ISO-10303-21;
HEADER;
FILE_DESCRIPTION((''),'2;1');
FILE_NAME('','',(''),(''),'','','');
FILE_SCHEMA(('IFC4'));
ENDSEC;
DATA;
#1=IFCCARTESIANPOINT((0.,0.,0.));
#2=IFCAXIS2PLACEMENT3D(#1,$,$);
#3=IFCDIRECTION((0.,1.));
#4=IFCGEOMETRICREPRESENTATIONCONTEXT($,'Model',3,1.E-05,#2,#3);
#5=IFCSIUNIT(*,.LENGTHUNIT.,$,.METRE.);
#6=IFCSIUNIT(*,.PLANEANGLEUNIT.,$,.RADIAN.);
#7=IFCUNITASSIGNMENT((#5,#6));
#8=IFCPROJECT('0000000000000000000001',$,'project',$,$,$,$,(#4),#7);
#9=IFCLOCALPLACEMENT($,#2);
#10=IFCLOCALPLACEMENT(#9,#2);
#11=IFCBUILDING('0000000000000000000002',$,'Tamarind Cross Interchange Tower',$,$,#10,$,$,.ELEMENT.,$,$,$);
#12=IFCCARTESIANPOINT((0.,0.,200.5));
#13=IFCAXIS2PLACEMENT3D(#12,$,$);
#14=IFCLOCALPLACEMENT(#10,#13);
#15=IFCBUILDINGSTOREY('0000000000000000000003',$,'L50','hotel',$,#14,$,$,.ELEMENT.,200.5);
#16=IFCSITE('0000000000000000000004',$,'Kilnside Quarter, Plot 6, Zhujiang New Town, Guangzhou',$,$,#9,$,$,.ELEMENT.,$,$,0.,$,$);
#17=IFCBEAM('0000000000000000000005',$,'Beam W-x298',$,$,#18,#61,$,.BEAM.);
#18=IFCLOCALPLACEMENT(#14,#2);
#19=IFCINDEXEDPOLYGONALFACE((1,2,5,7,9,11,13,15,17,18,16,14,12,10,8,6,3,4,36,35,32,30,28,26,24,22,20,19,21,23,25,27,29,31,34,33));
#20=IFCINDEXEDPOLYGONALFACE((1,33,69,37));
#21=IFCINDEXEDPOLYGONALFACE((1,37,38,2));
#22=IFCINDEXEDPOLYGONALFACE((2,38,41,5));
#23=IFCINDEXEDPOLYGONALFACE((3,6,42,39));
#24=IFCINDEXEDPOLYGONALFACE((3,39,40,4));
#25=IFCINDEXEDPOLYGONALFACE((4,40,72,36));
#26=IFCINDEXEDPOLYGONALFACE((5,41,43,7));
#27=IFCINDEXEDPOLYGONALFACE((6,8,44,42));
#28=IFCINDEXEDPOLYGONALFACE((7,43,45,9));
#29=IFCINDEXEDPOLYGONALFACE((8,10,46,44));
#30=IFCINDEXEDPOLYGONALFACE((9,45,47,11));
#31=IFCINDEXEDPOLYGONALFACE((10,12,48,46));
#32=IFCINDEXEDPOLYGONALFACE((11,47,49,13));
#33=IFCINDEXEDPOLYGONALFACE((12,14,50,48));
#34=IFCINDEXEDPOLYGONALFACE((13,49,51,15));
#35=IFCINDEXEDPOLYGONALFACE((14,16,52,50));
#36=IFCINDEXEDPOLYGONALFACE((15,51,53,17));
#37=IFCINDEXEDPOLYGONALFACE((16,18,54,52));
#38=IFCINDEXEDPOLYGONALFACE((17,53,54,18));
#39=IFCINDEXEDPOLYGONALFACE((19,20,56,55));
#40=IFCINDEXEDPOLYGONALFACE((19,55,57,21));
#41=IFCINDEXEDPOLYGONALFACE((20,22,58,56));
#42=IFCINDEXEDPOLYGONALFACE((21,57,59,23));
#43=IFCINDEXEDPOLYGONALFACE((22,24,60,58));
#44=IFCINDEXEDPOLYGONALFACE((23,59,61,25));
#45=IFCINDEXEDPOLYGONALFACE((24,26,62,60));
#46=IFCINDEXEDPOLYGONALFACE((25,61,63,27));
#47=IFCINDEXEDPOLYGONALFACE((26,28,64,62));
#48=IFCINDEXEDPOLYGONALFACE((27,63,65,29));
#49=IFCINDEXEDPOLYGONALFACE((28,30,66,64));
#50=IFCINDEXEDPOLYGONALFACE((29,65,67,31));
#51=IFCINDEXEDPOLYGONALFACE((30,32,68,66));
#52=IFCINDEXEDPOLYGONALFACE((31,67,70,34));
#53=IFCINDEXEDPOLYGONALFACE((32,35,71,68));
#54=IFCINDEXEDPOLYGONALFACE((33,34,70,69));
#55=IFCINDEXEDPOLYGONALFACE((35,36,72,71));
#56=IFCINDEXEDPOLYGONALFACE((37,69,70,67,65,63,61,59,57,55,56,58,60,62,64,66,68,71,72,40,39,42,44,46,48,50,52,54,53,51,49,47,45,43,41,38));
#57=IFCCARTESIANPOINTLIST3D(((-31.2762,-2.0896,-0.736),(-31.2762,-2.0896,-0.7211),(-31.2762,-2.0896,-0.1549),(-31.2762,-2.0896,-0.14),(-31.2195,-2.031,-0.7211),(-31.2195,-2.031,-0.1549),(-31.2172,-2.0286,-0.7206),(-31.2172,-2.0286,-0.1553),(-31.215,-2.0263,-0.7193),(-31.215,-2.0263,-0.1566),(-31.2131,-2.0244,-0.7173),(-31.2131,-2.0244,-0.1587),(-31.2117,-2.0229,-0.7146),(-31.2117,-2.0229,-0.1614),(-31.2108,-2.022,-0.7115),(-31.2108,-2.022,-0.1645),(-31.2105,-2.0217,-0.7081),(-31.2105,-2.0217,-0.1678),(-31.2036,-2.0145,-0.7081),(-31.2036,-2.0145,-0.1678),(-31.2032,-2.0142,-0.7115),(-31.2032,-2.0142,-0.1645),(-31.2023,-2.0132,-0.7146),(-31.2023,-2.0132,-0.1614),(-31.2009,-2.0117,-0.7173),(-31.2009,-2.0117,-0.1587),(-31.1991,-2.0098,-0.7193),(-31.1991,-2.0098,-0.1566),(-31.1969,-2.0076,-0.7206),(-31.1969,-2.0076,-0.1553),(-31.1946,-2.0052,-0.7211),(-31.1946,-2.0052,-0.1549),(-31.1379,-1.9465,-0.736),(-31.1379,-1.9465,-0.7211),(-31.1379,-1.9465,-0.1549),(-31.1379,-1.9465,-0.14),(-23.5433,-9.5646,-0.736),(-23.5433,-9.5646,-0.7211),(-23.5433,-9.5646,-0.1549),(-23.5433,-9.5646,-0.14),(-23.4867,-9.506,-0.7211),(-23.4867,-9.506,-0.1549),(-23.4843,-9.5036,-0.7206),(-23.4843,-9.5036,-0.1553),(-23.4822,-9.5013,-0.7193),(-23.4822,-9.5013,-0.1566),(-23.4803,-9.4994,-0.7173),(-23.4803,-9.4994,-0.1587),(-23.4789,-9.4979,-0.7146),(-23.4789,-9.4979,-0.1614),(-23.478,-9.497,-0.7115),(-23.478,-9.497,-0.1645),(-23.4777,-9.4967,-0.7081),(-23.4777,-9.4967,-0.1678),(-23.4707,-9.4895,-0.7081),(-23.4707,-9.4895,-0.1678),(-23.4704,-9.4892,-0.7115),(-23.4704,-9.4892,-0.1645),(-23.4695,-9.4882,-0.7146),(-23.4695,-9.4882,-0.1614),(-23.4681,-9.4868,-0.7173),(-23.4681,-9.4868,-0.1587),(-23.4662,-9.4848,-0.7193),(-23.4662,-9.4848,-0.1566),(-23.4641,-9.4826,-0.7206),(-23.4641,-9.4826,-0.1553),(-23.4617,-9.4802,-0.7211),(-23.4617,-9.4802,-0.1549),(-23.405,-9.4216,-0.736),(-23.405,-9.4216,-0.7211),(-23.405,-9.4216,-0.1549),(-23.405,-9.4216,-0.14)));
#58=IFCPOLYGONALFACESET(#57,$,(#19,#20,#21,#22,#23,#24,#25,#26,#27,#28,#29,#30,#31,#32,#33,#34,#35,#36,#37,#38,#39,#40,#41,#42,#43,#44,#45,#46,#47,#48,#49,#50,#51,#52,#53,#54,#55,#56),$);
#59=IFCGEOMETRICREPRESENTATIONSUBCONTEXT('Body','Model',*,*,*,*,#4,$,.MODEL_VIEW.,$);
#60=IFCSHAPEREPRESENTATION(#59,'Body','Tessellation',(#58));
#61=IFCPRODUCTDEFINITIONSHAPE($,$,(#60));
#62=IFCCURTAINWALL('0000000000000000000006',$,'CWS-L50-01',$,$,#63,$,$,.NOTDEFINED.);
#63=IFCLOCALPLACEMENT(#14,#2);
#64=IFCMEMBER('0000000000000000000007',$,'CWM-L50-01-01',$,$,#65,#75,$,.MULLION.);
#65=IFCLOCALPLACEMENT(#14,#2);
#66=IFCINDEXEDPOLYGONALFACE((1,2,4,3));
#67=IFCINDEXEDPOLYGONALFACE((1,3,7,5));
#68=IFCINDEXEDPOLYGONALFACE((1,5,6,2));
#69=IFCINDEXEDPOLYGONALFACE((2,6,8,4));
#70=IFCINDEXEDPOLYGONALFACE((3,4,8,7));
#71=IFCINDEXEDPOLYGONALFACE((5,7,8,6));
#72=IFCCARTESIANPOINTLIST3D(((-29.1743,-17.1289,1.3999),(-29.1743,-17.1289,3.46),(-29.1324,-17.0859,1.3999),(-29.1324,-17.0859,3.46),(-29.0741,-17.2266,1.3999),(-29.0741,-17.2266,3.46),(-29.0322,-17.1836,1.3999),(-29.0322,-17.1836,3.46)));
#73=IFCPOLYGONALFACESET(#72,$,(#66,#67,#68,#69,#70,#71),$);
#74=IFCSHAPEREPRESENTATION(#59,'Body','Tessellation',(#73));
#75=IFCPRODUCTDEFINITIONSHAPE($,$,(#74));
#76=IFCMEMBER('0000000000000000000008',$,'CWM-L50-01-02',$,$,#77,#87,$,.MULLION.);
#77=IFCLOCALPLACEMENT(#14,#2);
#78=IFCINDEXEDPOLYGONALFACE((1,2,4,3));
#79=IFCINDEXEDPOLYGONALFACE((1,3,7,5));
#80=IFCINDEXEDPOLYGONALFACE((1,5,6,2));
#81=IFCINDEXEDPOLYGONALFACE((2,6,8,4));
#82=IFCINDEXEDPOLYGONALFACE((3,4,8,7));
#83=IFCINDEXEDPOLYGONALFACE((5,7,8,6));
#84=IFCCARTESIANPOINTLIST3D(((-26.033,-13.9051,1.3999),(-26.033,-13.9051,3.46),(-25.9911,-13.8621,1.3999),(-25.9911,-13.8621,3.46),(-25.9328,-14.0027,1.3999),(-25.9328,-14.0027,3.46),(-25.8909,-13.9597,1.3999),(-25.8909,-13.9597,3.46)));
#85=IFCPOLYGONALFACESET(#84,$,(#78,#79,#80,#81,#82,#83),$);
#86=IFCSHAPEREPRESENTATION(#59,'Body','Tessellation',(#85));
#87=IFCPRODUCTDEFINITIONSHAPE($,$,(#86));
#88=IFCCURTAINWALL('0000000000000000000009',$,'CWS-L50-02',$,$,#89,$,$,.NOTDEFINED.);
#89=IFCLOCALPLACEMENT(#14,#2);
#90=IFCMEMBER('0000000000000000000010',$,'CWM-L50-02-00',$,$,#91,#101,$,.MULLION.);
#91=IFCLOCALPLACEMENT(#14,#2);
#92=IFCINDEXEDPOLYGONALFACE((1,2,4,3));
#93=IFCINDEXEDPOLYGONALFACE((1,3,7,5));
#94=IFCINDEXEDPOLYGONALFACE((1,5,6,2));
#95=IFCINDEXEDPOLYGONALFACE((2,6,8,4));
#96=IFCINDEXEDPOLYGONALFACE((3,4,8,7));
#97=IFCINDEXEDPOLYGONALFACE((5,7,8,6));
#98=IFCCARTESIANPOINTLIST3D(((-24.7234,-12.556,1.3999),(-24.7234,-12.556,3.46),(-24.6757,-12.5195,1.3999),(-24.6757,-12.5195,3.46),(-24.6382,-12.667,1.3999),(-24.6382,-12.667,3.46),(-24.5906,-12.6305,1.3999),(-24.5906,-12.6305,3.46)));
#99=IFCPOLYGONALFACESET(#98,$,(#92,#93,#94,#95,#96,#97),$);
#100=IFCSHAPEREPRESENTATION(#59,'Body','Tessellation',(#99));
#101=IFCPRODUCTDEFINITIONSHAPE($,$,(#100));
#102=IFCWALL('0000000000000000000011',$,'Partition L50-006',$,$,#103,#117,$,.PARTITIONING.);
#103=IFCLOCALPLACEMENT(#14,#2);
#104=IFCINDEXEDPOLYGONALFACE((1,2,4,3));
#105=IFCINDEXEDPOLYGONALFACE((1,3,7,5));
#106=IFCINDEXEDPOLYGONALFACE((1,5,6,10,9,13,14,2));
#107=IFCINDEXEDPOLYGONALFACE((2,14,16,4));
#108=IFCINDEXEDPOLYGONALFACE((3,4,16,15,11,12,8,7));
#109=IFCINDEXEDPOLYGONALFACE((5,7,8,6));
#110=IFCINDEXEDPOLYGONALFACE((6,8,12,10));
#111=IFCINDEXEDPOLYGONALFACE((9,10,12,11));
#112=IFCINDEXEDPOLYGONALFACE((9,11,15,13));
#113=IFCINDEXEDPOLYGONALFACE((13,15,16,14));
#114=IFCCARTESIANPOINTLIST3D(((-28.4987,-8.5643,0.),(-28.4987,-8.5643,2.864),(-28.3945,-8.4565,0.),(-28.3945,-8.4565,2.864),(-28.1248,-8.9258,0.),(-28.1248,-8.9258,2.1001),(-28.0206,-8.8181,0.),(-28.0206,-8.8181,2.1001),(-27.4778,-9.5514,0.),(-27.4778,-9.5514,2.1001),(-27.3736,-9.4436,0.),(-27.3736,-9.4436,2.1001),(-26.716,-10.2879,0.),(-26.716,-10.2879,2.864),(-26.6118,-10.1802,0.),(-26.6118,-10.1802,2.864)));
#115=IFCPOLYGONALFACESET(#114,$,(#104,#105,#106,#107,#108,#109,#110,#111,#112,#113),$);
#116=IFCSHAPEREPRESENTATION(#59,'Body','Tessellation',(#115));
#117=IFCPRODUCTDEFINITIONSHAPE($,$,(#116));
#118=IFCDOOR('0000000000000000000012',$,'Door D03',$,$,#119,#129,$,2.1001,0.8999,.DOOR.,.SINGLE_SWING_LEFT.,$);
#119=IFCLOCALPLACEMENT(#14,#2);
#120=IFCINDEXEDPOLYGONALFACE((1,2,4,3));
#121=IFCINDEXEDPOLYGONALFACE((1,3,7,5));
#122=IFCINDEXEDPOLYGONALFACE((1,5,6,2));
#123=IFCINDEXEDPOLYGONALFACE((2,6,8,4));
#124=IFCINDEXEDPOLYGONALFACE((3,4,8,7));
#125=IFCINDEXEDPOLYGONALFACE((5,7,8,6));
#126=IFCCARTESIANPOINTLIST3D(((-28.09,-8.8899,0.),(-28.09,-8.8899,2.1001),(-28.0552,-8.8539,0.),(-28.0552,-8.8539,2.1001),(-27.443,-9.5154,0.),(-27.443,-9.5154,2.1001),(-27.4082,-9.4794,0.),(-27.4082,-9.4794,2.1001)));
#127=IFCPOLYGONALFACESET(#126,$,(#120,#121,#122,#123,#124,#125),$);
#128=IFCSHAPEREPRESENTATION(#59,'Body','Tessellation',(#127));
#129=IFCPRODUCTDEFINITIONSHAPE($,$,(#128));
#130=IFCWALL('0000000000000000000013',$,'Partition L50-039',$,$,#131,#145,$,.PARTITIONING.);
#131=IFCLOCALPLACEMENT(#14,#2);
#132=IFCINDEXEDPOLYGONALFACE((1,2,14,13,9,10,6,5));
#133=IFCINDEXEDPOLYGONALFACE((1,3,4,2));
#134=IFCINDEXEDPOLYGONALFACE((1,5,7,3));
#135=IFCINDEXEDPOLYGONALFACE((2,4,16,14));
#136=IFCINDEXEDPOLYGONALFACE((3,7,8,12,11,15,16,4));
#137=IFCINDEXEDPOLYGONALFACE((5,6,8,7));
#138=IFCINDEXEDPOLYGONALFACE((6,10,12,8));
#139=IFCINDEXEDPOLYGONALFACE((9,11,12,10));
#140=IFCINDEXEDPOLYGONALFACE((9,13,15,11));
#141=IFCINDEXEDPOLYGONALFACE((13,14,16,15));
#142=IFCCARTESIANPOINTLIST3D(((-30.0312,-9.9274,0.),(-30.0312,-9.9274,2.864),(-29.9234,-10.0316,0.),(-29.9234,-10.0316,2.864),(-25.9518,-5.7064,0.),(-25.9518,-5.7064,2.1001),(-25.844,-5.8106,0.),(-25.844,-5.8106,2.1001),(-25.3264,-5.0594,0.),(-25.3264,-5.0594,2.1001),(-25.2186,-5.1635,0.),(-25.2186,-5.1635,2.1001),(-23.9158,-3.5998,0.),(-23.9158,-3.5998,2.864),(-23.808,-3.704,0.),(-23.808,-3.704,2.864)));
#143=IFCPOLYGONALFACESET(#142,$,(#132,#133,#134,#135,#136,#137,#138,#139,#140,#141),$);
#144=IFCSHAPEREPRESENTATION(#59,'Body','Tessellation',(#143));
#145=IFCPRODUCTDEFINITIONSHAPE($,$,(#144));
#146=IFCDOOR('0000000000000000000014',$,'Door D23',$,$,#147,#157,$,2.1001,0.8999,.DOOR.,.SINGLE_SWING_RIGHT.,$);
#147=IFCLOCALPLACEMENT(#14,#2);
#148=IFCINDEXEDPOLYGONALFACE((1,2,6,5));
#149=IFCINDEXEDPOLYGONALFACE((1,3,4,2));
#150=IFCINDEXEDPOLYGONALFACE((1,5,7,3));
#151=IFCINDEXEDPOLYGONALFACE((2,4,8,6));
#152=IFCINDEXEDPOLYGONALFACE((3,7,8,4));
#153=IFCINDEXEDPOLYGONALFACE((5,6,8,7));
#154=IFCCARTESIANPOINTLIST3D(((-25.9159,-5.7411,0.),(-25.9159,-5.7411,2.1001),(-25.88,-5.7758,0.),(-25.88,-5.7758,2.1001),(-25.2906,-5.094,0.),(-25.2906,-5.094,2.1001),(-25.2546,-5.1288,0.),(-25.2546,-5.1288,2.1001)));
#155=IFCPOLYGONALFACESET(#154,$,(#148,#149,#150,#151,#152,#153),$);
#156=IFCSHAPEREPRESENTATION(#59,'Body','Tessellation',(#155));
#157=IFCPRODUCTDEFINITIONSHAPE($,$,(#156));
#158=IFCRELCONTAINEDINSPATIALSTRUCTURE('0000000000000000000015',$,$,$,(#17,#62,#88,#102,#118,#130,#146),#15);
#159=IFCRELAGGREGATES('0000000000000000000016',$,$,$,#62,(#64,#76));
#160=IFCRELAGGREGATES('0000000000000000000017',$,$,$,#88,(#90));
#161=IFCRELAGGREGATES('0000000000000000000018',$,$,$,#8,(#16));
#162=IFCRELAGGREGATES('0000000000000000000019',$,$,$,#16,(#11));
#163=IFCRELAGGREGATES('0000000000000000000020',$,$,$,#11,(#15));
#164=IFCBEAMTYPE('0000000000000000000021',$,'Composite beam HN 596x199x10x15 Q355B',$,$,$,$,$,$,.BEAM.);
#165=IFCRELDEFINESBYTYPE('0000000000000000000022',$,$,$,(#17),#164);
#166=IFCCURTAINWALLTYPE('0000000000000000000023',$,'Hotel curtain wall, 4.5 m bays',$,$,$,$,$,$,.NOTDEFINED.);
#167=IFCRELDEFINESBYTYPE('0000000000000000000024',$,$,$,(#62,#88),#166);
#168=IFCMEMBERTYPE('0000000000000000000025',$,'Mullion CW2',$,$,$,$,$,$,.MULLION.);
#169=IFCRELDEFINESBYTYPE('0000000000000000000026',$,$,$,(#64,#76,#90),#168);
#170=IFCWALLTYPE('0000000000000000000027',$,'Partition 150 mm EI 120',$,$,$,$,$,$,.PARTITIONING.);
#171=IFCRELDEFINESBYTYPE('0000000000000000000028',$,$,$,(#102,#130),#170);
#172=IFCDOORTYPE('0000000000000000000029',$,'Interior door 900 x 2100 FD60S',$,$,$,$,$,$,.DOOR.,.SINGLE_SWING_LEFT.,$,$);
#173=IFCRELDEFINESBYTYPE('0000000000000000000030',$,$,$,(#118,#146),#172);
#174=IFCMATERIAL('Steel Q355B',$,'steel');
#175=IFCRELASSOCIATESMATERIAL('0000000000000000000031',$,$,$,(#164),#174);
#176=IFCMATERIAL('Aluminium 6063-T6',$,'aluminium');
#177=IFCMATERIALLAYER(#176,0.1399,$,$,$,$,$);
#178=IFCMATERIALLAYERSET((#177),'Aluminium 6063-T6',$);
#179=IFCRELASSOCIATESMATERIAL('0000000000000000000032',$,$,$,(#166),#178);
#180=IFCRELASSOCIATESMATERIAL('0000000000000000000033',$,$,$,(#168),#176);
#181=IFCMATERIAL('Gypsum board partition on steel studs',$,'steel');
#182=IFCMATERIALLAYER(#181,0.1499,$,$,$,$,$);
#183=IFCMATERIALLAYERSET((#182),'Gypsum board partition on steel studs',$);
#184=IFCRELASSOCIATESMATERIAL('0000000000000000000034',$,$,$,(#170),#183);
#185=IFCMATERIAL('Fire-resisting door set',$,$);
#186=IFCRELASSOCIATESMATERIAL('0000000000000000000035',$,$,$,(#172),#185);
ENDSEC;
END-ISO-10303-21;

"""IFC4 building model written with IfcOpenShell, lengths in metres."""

from ifc_helpers import new_model, si_unit, direction, frame, frame_2d, origin, origin_2d, place, context, subcontext, project, spatial, rectangle, i_section, extrude, material, layer, layer_set, material_profile, profile_set, type_object, element, fill, aggregate, save


model = new_model("IFC4")

# Units and contexts
model_context = context("Model", 3, precision=1e-05, world=origin(), true_north=direction((0.0, 1.0)))
body_context = subcontext(model_context, "Body", "Model", "MODEL_VIEW")
ifc_project = project(units=[si_unit("LENGTHUNIT", "METRE"), si_unit("PLANEANGLEUNIT", "RADIAN")], contexts=[model_context])

# Site, building, storey
site_placement = place(None, origin())
site = spatial("IfcSite", under=ifc_project, at=site_placement, Name="Kilnside Quarter, Plot 6, Zhujiang New Town, Guangzhou", CompositionType="ELEMENT", RefElevation=0.0)
building_placement = place(site_placement, origin())
building = spatial("IfcBuilding", under=site, at=building_placement, Name="Tamarind Cross Interchange Tower", CompositionType="ELEMENT")
storey_placement = place(building_placement, frame((0.0, 0.0, 200.5)))
storey = spatial("IfcBuildingStorey", under=building, at=storey_placement, Name="L50", Description="hotel", CompositionType="ELEMENT", Elevation=200.5)

# Beam
ifc_material_1 = material(Name="Steel Q355B", Category="steel")
ifc_material_profile_1 = material_profile(ifc_material_1, i_section(OverallWidth=0.199, OverallDepth=0.5959, WebThickness=0.01, FlangeThickness=0.0149, FilletRadius=0.0129, at=origin_2d()), Name="HN 596x199x10x15")
ifc_profile_set_1 = profile_set([ifc_material_profile_1], Name="Steel Q355B")
beam_type_1 = type_object("IfcBeamType", Name="Composite beam HN 596x199x10x15 Q355B", PredefinedType="BEAM", material=ifc_profile_set_1)
beam_1_placement = place(storey_placement, frame((-31.207, -2.0181, -0.438), z_axis=(0.718991, -0.69502, 0.0), x_axis=(0.69502, 0.718991, 0.0)))
element("IfcBeam", 1, at=beam_1_placement, inside=storey, type_object=beam_type_1, Name="Beam W-x298", PredefinedType="BEAM", context=body_context, shape_type="SweptSolid", body=[
    extrude(i_section(OverallWidth=0.199, OverallDepth=0.5959, WebThickness=0.01, FlangeThickness=0.0149, FilletRadius=0.0129, at=origin_2d()), origin(), (0.0, 0.0, 1.0), 10.7551),
])

# Curtain wall, members
ifc_material_2 = material(Name="Aluminium 6063-T6", Category="aluminium")
ifc_layer_1 = layer(ifc_material_2, 0.1399)
ifc_layer_set_1 = layer_set([ifc_layer_1], Name="Aluminium 6063-T6")
curtain_wall_type = type_object("IfcCurtainWallType", Name="Hotel curtain wall, 4.5 m bays", PredefinedType="NOTDEFINED", material=ifc_layer_set_1)
curtain_wall_1_placement = place(storey_placement, origin())
curtain_wall_1 = element("IfcCurtainWall", 2, at=curtain_wall_1_placement, inside=storey, type_object=curtain_wall_type, Name="CWS-L50-01", PredefinedType="NOTDEFINED")
ifc_material_profile_2 = material_profile(ifc_material_2, rectangle(XDim=0.0601, YDim=0.1399, at=origin_2d()), Name="Mullion CW2")
ifc_profile_set_2 = profile_set([ifc_material_profile_2], Name="Aluminium 6063-T6")
member_type = type_object("IfcMemberType", Name="Mullion CW2", PredefinedType="MULLION", material=ifc_profile_set_2)
member_1_placement = place(storey_placement, frame((-29.1033, -17.1562, 1.3999), z_axis=(0.0, 0.0, 1.0), x_axis=(0.69788, 0.716215, 0.0)))
member_1 = element("IfcMember", 3, at=member_1_placement, type_object=member_type, Name="CWM-L50-01-01", PredefinedType="MULLION", context=body_context, shape_type="SweptSolid", body=[
    extrude(rectangle(XDim=0.0601, YDim=0.1399, at=origin_2d()), origin(), (0.0, 0.0, 1.0), 2.0601),
])
member_2_placement = place(storey_placement, frame((-25.9619, -13.9324, 1.3999), z_axis=(0.0, 0.0, 1.0), x_axis=(0.69788, 0.716215, 0.0)))
member_2 = element("IfcMember", 4, at=member_2_placement, type_object=member_type, Name="CWM-L50-01-02", PredefinedType="MULLION", context=body_context, shape_type="SweptSolid", body=[
    extrude(rectangle(XDim=0.0601, YDim=0.1399, at=origin_2d()), origin(), (0.0, 0.0, 1.0), 2.0601),
])
aggregate(curtain_wall_1, [member_1, member_2])

# Curtain wall, member
curtain_wall_2_placement = place(storey_placement, origin())
curtain_wall_2 = element("IfcCurtainWall", 5, at=curtain_wall_2_placement, inside=storey, type_object=curtain_wall_type, Name="CWS-L50-02", PredefinedType="NOTDEFINED")
member_3_placement = place(storey_placement, frame((-24.657, -12.5933, 1.3999), z_axis=(0.0, 0.0, 1.0), x_axis=(0.793496, 0.608576, 0.0)))
member_3 = element("IfcMember", 6, at=member_3_placement, type_object=member_type, Name="CWM-L50-02-00", PredefinedType="MULLION", context=body_context, shape_type="SweptSolid", body=[
    extrude(rectangle(XDim=0.0601, YDim=0.1399, at=origin_2d()), origin(), (0.0, 0.0, 1.0), 2.0601),
])
aggregate(curtain_wall_2, [member_3])

# Walls, openings, doors
ifc_material_3 = material(Name="Gypsum board partition on steel studs", Category="steel")
ifc_layer_2 = layer(ifc_material_3, 0.1499)
ifc_layer_set_2 = layer_set([ifc_layer_2], Name="Gypsum board partition on steel studs")
wall_type_1 = type_object("IfcWallType", Name="Partition 150 mm EI 120", PredefinedType="PARTITIONING", material=ifc_layer_set_2)
wall_1_placement = place(storey_placement, frame((-28.4465, -8.5105, 0.0), z_axis=(0.0, 0.0, 1.0), x_axis=(0.718919, -0.695093, 0.0)))
wall_1 = element("IfcWall", 7, at=wall_1_placement, inside=storey, type_object=wall_type_1, Name="Partition L50-006", PredefinedType="PARTITIONING", context=body_context, shape_type="SweptSolid", body=[
    extrude(rectangle(XDim=2.4797, YDim=0.1499, at=frame_2d((1.2397, 0.0))), origin(), (0.0, 0.0, 1.0), 2.864),
])
opening_1_placement = place(wall_1_placement, frame((0.52, 0.0, 0.0)))
opening_1 = element("IfcOpeningElement", 8, at=opening_1_placement, cuts=wall_1, PredefinedType="OPENING", context=body_context, shape_type="SweptSolid", body=[
    extrude(rectangle(XDim=0.8999, YDim=2.1001, at=frame_2d((0.45, 1.05))), frame((0.0, 0.085, 0.0), z_axis=(0.0, -1.0, 0.0), x_axis=(1.0, 0.0, 0.0)), (0.0, 0.0, 1.0), 0.1699),
])
ifc_material_4 = material(Name="Fire-resisting door set")
door_type_1 = type_object("IfcDoorType", Name="Interior door 900 x 2100 FD60S", OperationType="SINGLE_SWING_LEFT", PredefinedType="DOOR", material=ifc_material_4)
door_1_placement = place(opening_1_placement, frame((0.8999, 0.0, 0.0), z_axis=(0.0, 0.0, 1.0), x_axis=(-1.0, 0.0, 0.0)))
door_1 = element("IfcDoor", 9, at=door_1_placement, inside=storey, type_object=door_type_1, Name="Door D03", OperationType="SINGLE_SWING_LEFT", OverallHeight=2.1001, OverallWidth=0.8999, PredefinedType="DOOR", context=body_context, shape_type="SweptSolid", body=[
    extrude(rectangle(XDim=0.8999, YDim=2.1001, at=frame_2d((0.45, 1.05))), frame((0.0, 0.0249, 0.0), z_axis=(0.0, -1.0, 0.0), x_axis=(1.0, 0.0, 0.0)), (0.0, 0.0, 1.0), 0.05),
])
fill(opening_1, door_1)
wall_2_placement = place(storey_placement, frame((-29.9773, -9.9795, 0.0), z_axis=(0.0, 0.0, 1.0), x_axis=(0.694949, 0.719059, 0.0)))
wall_2 = element("IfcWall", 10, at=wall_2_placement, inside=storey, type_object=wall_type_1, Name="Partition L50-039", PredefinedType="PARTITIONING", context=body_context, shape_type="SweptSolid", body=[
    extrude(rectangle(XDim=8.7998, YDim=0.1499, at=frame_2d((4.3999, 0.0))), origin(), (0.0, 0.0, 1.0), 2.864),
])
opening_2_placement = place(wall_2_placement, frame((5.8701, 0.0, 0.0)))
opening_2 = element("IfcOpeningElement", 11, at=opening_2_placement, cuts=wall_2, PredefinedType="OPENING", context=body_context, shape_type="SweptSolid", body=[
    extrude(rectangle(XDim=0.8999, YDim=2.1001, at=frame_2d((0.45, 1.05))), frame((0.0, 0.085, 0.0), z_axis=(0.0, -1.0, 0.0), x_axis=(1.0, 0.0, 0.0)), (0.0, 0.0, 1.0), 0.1699),
])
door_2_placement = place(opening_2_placement, frame((0.8999, 0.0, 0.0), z_axis=(0.0, 0.0, 1.0), x_axis=(-1.0, 0.0, 0.0)))
door_2 = element("IfcDoor", 12, at=door_2_placement, inside=storey, type_object=door_type_1, Name="Door D23", OperationType="SINGLE_SWING_RIGHT", OverallHeight=2.1001, OverallWidth=0.8999, PredefinedType="DOOR", context=body_context, shape_type="SweptSolid", body=[
    extrude(rectangle(XDim=0.8999, YDim=2.1001, at=frame_2d((0.45, 1.05))), frame((0.0, 0.0249, 0.0), z_axis=(0.0, -1.0, 0.0), x_axis=(1.0, 0.0, 0.0)), (0.0, 0.0, 1.0), 0.05),
])
fill(opening_2, door_2)

save(model, "model.ifc")
